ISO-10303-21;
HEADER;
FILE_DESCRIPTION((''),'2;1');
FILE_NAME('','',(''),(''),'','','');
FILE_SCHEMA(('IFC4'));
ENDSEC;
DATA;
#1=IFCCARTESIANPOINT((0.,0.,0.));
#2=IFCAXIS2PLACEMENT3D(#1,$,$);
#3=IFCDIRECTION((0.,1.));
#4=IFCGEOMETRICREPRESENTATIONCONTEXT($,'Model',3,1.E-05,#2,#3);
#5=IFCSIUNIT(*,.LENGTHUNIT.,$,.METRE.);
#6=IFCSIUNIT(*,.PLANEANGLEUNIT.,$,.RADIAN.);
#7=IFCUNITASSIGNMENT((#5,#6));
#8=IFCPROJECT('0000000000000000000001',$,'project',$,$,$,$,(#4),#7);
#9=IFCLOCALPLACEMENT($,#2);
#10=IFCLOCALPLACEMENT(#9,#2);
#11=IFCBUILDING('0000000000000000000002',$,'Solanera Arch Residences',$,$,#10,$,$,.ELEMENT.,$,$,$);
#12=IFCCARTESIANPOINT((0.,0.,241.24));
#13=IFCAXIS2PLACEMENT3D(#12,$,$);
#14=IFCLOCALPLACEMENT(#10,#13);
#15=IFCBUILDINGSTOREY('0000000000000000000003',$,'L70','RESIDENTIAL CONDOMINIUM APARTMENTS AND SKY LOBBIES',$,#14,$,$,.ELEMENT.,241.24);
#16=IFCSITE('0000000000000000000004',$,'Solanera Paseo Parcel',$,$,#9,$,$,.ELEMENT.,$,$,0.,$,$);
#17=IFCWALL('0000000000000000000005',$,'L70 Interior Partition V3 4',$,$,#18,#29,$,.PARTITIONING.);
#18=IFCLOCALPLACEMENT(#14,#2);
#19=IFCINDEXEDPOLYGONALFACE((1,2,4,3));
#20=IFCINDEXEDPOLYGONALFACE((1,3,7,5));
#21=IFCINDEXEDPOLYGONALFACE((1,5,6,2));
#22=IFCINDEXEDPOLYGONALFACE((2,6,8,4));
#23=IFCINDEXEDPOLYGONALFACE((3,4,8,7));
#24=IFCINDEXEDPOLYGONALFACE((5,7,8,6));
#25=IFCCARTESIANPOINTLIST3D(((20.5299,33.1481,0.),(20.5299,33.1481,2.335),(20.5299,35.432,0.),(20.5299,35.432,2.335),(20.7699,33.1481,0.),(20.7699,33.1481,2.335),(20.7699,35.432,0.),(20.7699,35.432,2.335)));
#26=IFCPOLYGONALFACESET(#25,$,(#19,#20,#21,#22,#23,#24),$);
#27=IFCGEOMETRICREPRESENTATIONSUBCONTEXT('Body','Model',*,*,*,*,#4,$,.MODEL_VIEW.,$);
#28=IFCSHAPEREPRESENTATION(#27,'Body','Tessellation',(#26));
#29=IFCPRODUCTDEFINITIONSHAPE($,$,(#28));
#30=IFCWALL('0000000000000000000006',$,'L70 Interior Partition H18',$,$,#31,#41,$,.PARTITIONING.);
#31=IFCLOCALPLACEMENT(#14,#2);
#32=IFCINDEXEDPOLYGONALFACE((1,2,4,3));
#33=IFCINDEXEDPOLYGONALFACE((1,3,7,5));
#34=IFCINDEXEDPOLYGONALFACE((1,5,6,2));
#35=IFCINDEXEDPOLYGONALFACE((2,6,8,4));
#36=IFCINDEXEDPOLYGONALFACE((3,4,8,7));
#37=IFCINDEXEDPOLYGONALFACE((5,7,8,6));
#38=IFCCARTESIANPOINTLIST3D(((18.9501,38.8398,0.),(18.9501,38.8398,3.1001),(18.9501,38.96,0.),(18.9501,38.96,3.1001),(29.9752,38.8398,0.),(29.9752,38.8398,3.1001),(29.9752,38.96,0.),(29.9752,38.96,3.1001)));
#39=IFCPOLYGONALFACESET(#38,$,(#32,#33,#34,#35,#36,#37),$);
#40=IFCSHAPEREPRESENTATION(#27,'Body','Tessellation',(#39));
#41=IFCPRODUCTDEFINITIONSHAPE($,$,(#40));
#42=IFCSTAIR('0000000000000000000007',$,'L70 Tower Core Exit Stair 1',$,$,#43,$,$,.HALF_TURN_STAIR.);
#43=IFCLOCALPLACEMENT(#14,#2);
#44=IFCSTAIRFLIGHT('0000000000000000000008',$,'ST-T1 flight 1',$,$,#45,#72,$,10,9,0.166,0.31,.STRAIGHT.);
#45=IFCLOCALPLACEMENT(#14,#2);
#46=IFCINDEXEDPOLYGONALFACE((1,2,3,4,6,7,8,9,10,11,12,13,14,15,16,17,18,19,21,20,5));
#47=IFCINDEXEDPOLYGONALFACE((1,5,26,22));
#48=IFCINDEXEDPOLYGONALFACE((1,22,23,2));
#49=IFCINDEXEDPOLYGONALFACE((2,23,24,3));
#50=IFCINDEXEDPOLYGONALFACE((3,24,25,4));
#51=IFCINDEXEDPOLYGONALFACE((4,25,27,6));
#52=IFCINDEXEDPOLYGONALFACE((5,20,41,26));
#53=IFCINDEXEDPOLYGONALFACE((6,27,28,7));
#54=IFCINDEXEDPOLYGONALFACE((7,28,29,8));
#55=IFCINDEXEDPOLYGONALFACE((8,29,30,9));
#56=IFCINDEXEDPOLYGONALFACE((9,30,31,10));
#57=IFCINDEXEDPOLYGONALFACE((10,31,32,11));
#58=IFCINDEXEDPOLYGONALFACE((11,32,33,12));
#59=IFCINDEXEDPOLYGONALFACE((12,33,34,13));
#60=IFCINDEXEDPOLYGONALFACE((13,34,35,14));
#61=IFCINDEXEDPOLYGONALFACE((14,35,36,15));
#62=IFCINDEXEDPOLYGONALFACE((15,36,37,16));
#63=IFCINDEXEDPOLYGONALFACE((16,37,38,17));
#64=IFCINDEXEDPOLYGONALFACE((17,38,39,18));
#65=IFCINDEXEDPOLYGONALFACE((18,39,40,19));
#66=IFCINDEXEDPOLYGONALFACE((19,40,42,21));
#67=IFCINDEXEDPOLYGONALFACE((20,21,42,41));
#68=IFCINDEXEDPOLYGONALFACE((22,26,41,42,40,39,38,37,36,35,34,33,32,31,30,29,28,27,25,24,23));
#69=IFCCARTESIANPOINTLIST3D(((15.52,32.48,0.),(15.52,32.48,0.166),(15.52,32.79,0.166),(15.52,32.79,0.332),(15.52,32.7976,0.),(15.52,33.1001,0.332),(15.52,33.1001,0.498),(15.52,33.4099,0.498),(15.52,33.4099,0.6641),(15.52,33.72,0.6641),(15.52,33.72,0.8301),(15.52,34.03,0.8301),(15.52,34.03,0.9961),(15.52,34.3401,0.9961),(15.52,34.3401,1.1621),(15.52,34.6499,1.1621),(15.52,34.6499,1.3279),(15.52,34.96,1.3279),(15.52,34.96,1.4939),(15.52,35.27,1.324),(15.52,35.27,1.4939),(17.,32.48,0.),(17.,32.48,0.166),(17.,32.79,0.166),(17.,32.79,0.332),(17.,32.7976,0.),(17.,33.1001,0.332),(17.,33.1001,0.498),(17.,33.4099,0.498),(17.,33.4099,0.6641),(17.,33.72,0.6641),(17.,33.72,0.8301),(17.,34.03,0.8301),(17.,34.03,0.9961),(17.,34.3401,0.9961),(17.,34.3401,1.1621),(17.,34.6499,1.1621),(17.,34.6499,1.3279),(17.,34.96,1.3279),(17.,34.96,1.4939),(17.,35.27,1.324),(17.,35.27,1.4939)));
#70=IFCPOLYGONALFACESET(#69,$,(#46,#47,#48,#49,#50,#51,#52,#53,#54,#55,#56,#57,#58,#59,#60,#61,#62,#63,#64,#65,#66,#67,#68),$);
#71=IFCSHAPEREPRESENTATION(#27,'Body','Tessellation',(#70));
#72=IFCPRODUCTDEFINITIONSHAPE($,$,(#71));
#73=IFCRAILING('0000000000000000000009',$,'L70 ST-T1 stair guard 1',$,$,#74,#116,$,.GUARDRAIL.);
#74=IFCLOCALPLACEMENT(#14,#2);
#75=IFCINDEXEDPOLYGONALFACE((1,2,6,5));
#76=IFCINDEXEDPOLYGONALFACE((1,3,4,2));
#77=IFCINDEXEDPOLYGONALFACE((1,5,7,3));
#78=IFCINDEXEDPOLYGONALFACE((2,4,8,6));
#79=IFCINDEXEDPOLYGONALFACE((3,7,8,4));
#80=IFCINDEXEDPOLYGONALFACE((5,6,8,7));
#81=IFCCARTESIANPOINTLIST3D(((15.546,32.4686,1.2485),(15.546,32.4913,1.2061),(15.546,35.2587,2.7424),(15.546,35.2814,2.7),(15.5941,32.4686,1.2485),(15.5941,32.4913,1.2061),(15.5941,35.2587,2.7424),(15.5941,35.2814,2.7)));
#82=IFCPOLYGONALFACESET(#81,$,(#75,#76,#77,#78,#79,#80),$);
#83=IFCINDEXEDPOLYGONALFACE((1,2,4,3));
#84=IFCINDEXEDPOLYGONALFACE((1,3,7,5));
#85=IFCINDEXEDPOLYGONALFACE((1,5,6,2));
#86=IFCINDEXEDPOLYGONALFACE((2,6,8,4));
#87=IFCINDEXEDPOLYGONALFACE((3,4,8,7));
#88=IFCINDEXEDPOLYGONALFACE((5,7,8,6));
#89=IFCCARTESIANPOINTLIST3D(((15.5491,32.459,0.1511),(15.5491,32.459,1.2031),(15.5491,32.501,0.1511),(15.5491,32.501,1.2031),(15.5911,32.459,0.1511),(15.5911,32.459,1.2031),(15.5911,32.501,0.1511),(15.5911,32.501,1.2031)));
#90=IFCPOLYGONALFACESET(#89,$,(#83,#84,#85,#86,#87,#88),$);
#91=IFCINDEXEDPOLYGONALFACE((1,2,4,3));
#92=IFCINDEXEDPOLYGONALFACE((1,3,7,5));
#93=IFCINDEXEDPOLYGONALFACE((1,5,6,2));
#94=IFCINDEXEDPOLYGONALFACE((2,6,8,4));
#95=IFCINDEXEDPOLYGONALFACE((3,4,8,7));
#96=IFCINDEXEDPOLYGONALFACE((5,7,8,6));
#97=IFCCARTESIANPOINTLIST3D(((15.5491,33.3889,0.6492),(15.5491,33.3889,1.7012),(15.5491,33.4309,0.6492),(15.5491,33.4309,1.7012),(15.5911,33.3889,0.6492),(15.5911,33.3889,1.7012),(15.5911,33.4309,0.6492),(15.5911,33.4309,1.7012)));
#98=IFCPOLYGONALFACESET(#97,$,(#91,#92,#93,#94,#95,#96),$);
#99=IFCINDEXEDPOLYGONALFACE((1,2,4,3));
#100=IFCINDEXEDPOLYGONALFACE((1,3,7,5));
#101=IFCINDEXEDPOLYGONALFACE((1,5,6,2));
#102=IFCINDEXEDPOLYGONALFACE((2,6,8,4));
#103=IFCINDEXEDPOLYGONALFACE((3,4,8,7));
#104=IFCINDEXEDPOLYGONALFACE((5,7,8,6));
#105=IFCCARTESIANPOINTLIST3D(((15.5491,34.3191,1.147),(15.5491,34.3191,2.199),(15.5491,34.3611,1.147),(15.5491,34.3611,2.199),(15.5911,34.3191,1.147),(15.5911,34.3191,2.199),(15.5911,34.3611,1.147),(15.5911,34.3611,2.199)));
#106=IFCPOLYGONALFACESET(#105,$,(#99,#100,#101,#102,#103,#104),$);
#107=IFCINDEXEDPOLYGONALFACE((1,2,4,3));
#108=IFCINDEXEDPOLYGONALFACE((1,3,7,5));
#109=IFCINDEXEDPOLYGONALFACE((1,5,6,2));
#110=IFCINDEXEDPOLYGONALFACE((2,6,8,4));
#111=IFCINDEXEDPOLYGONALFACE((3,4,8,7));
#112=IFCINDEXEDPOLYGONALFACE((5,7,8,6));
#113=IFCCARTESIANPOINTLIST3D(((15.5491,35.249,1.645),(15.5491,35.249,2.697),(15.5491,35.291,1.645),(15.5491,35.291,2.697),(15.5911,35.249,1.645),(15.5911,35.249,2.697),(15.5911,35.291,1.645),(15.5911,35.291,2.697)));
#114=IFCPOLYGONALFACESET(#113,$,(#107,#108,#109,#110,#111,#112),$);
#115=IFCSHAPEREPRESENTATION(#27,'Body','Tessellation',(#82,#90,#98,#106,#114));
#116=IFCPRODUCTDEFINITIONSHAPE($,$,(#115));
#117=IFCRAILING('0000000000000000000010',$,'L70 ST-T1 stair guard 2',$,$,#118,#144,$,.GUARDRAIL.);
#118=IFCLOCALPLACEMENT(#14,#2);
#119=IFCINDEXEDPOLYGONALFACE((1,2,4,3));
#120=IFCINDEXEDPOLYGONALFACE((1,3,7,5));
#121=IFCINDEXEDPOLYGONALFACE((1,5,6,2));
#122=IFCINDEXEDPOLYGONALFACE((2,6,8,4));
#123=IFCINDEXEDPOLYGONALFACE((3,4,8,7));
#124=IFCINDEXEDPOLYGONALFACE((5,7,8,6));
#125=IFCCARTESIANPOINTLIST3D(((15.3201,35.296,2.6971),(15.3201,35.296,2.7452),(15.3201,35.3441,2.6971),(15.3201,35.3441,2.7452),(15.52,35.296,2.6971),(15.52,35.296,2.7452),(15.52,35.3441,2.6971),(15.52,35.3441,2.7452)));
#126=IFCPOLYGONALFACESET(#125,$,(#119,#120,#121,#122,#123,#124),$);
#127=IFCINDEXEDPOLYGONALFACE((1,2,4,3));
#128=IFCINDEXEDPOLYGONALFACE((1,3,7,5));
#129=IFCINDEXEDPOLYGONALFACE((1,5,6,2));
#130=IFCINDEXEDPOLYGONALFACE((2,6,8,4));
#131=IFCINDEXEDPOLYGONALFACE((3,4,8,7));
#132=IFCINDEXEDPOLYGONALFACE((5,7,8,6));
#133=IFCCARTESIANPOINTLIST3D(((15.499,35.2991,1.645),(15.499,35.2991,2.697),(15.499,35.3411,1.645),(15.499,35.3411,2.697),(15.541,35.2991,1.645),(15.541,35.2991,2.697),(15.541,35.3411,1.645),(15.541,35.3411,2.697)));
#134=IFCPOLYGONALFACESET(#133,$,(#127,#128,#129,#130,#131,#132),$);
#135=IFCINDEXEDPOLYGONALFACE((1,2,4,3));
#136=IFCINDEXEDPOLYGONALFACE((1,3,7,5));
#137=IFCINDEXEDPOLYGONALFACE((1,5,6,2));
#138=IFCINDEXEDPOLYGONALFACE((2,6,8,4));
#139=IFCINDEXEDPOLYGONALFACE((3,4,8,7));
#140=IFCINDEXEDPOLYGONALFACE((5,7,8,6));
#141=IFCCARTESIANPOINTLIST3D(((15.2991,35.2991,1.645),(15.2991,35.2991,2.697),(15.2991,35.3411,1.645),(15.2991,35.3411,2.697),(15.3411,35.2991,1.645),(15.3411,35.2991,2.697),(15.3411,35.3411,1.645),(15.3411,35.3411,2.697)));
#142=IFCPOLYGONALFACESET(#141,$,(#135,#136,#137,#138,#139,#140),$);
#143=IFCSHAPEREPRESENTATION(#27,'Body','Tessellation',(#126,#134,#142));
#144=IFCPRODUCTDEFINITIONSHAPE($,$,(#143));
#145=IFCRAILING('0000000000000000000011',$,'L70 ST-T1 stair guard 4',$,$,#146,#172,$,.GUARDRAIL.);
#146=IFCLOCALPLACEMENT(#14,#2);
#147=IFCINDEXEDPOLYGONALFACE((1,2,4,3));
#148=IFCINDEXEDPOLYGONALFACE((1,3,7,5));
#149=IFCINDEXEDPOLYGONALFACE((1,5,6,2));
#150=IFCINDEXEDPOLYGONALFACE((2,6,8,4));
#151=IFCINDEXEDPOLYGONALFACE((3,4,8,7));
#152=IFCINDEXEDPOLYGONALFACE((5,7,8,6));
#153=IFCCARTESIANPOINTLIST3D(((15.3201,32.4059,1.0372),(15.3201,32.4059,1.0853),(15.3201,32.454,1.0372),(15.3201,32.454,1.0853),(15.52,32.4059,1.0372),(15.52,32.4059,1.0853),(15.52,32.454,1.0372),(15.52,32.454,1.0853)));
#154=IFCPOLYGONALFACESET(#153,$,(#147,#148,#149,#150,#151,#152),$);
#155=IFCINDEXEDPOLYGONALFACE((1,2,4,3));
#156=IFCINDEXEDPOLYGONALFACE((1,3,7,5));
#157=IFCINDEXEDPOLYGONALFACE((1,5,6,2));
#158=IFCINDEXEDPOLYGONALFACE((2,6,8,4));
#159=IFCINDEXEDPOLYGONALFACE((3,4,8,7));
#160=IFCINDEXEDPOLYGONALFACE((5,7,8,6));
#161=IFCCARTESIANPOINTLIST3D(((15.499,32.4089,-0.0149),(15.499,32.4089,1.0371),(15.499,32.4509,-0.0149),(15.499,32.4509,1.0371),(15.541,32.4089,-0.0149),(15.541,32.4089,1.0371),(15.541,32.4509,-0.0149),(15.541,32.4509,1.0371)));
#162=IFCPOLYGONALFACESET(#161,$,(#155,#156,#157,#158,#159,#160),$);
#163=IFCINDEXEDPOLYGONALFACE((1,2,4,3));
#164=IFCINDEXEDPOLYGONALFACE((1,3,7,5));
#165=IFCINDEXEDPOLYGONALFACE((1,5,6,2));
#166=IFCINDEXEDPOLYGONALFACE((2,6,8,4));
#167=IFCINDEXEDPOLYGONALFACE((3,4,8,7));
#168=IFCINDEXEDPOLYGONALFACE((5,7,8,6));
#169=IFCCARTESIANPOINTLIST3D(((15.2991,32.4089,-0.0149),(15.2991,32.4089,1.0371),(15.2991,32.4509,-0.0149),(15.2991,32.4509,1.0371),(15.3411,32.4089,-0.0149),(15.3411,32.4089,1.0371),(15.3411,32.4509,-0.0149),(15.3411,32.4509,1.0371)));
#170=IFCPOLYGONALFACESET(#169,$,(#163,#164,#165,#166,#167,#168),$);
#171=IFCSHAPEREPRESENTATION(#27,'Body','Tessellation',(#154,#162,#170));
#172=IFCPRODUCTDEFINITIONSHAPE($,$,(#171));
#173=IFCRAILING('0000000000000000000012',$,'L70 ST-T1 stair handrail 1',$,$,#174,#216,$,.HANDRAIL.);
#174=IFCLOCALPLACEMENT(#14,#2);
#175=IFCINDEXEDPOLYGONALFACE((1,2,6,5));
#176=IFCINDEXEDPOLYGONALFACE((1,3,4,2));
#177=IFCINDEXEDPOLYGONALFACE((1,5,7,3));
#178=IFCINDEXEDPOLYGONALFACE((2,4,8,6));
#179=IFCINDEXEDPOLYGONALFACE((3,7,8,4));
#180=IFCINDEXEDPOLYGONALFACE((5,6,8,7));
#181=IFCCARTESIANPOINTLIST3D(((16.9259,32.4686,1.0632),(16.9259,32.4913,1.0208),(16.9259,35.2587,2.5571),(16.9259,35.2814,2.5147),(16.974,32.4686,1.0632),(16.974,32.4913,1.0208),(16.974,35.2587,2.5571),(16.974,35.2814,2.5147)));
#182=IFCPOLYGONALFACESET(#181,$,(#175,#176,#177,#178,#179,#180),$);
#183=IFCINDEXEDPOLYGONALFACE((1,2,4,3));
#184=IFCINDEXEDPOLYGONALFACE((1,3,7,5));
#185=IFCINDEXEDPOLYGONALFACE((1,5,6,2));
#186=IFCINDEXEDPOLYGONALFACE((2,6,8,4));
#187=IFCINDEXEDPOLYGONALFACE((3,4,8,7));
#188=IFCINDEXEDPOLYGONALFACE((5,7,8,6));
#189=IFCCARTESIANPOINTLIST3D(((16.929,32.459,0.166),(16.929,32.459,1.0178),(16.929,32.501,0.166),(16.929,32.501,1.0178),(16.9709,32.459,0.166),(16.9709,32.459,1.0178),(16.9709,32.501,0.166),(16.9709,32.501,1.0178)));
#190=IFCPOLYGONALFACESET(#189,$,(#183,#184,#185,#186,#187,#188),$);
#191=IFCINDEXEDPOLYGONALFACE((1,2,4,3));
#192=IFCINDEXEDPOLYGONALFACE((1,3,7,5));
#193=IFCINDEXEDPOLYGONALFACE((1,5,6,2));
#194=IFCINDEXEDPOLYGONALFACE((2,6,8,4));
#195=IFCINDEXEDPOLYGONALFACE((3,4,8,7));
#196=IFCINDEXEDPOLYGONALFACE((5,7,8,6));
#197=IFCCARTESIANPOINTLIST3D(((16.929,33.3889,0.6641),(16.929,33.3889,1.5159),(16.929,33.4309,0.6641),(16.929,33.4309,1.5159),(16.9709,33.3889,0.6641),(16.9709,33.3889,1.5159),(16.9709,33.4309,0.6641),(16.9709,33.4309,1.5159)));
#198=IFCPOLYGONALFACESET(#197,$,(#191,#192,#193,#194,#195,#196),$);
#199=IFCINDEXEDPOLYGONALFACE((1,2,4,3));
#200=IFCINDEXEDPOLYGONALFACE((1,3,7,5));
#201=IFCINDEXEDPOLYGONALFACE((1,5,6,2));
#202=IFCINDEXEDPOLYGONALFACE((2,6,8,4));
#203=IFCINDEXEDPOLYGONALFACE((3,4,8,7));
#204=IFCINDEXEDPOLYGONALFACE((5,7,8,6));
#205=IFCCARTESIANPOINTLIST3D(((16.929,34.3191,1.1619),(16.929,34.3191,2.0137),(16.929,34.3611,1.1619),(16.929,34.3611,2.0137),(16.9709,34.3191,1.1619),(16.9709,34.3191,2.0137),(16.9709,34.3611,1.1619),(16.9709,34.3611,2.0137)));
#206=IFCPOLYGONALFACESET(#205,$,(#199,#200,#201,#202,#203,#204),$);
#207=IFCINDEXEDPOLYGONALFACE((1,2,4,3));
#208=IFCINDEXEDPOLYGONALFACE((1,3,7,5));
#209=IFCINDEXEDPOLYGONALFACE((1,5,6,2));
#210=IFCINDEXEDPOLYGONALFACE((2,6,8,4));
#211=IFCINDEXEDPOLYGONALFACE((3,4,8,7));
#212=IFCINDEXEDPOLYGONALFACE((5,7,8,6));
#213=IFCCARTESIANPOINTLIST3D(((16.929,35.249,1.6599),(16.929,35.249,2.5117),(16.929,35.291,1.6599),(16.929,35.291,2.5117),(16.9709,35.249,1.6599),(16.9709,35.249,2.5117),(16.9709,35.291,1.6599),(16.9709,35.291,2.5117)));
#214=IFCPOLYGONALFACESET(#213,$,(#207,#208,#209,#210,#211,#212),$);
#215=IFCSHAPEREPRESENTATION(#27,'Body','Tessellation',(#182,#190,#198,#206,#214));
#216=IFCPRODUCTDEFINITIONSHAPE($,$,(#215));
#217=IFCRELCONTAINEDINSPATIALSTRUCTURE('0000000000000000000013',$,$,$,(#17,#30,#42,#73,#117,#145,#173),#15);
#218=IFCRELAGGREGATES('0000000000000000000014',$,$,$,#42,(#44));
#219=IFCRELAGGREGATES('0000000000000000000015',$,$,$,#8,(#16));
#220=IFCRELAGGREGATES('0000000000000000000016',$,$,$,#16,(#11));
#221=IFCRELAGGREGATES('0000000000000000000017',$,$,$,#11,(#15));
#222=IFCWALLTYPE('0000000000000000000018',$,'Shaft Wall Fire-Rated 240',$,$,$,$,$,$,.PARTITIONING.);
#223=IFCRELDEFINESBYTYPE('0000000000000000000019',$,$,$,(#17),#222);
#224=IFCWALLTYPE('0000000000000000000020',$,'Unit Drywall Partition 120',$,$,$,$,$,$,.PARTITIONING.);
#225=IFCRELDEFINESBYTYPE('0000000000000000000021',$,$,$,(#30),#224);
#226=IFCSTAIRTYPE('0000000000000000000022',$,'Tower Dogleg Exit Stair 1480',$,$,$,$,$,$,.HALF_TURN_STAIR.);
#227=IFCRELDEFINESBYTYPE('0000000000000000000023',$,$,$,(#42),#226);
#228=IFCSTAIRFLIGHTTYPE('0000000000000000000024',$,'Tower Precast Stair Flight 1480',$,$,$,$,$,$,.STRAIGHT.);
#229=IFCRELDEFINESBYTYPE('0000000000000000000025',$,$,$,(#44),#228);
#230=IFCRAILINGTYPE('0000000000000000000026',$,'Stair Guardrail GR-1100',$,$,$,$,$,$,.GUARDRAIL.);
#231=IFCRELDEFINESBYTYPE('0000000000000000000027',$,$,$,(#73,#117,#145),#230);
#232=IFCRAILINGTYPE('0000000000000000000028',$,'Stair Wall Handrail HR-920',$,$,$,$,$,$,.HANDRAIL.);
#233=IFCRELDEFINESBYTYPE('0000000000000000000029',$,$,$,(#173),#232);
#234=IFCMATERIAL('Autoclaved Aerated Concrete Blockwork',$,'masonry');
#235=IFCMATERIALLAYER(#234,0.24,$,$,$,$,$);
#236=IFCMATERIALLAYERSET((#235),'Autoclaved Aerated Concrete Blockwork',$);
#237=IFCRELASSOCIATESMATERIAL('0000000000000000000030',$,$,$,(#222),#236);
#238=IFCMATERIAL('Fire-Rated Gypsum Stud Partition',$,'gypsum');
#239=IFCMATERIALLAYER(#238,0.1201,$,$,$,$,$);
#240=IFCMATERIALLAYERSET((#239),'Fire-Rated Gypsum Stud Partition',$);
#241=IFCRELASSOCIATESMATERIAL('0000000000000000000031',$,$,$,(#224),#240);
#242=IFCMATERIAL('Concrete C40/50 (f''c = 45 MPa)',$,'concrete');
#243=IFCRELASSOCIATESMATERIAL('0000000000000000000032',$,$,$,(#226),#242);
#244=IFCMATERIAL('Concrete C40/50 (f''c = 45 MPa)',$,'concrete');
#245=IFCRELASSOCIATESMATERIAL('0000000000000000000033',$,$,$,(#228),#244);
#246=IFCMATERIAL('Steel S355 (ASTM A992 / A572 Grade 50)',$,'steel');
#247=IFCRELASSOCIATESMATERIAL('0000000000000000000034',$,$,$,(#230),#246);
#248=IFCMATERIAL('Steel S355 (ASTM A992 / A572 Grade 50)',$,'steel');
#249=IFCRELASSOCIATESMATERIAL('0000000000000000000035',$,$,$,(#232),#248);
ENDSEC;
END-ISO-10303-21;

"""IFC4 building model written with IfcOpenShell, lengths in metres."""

from ifc_helpers import new_model, si_unit, direction, frame, frame_2d, origin, origin_2d, place, context, subcontext, project, spatial, polyline, rectangle, outline, extrude, material, layer, layer_set, type_object, element, aggregate, save


model = new_model("IFC4")

# Units and contexts
model_context = context("Model", 3, precision=1e-05, world=origin(), true_north=direction((0.0, 1.0)))
body_context = subcontext(model_context, "Body", "Model", "MODEL_VIEW")
ifc_project = project(units=[si_unit("LENGTHUNIT", "METRE"), si_unit("PLANEANGLEUNIT", "RADIAN")], contexts=[model_context])

# Site, building, storey
site_placement = place(None, origin())
site = spatial("IfcSite", under=ifc_project, at=site_placement, Name="Solanera Paseo Parcel", CompositionType="ELEMENT", RefElevation=0.0)
building_placement = place(site_placement, origin())
building = spatial("IfcBuilding", under=site, at=building_placement, Name="Solanera Arch Residences", CompositionType="ELEMENT")
storey_placement = place(building_placement, frame((0.0, 0.0, 241.24)))
storey = spatial("IfcBuildingStorey", under=building, at=storey_placement, Name="L70", Description="RESIDENTIAL CONDOMINIUM APARTMENTS AND SKY LOBBIES", CompositionType="ELEMENT", Elevation=241.24)

# Shared definitions
ifc_material_1 = material(Name="Autoclaved Aerated Concrete Blockwork", Category="masonry")
ifc_layer_1 = layer(ifc_material_1, 0.24)
ifc_layer_set_1 = layer_set([ifc_layer_1], Name="Autoclaved Aerated Concrete Blockwork")
wall_type_1 = type_object("IfcWallType", Name="Shaft Wall Fire-Rated 240", PredefinedType="PARTITIONING", material=ifc_layer_set_1)

# Walls
wall_1_placement = place(storey_placement, frame((20.6499, 33.1479, 0.0), z_axis=(0.0, 0.0, 1.0), x_axis=(0.0, 1.0, 0.0)))
element("IfcWall", 1, at=wall_1_placement, inside=storey, type_object=wall_type_1, Name="L70 Interior Partition V3 4", PredefinedType="PARTITIONING", context=body_context, shape_type="SweptSolid", body=[
    extrude(rectangle(XDim=2.2839, YDim=0.24, at=frame_2d((1.1421, 0.0))), origin(), (0.0, 0.0, 1.0), 2.335),
])
ifc_material_2 = material(Name="Fire-Rated Gypsum Stud Partition", Category="gypsum")
ifc_layer_2 = layer(ifc_material_2, 0.1201)
ifc_layer_set_2 = layer_set([ifc_layer_2], Name="Fire-Rated Gypsum Stud Partition")
wall_type_2 = type_object("IfcWallType", Name="Unit Drywall Partition 120", PredefinedType="PARTITIONING", material=ifc_layer_set_2)
wall_2_placement = place(storey_placement, frame((18.95, 38.8999, 0.0), z_axis=(0.0, 0.0, 1.0), x_axis=(1.0, 0.0, 0.0)))
element("IfcWall", 2, at=wall_2_placement, inside=storey, type_object=wall_type_2, Name="L70 Interior Partition H18", PredefinedType="PARTITIONING", context=body_context, shape_type="SweptSolid", body=[
    extrude(rectangle(XDim=11.0251, YDim=0.1201, at=frame_2d((5.5127, 0.0))), origin(), (0.0, 0.0, 1.0), 3.1001),
])

# Stair, stair flight
ifc_material_3 = material(Name="Concrete C40/50 (f'c = 45 MPa)", Category="concrete")
stair_type = type_object("IfcStairType", Name="Tower Dogleg Exit Stair 1480", PredefinedType="HALF_TURN_STAIR", material=ifc_material_3)
stair_placement = place(storey_placement, origin())
stair = element("IfcStair", 3, at=stair_placement, inside=storey, type_object=stair_type, Name="L70 Tower Core Exit Stair 1", PredefinedType="HALF_TURN_STAIR")
ifc_material_4 = material(Name="Concrete C40/50 (f'c = 45 MPa)", Category="concrete")
stair_flight_type = type_object("IfcStairFlightType", Name="Tower Precast Stair Flight 1480", PredefinedType="STRAIGHT", material=ifc_material_4)
stair_flight_placement = place(storey_placement, frame((16.26, 32.48, 0.0), z_axis=(0.0, 0.0, 1.0), x_axis=(0.0, 1.0, 0.0)))
stair_flight = element("IfcStairFlight", 4, at=stair_flight_placement, type_object=stair_flight_type, Name="ST-T1 flight 1", NumberOfRisers=10, NumberOfTreads=9, PredefinedType="STRAIGHT", RiserHeight=0.166, TreadLength=0.31, context=body_context, shape_type="SweptSolid", body=[
    extrude(outline(polyline([(0.0, 0.0), (0.0, 0.166), (0.3101, 0.166), (0.3101, 0.332), (0.6201, 0.332), (0.6201, 0.498), (0.9299, 0.498), (0.9299, 0.6641), (1.24, 0.6641), (1.24, 0.8301), (1.55, 0.8301), (1.55, 0.9961), (1.8601, 0.9961), (1.8601, 1.1621), (2.1699, 1.1621), (2.1699, 1.3279), (2.48, 1.3279), (2.48, 1.4939), (2.79, 1.4939), (2.79, 1.6599), (2.79, 1.324), (0.3176, 0.0), (0.0, 0.0)])), frame((0.0, 0.74, 0.0), z_axis=(0.0, -1.0, 0.0), x_axis=(1.0, 0.0, 0.0)), (0.0, 0.0, 1.0), 1.48),
])
aggregate(stair, [stair_flight])

# Railings
ifc_material_5 = material(Name="Steel S355 (ASTM A992 / A572 Grade 50)", Category="steel")
railing_type_1 = type_object("IfcRailingType", Name="Stair Guardrail GR-1100", PredefinedType="GUARDRAIL", material=ifc_material_5)
railing_1_placement = place(storey_placement, frame((15.5701, 32.48, 0.1511)))
element("IfcRailing", 5, at=railing_1_placement, inside=storey, type_object=railing_type_1, Name="L70 ST-T1 stair guard 1", PredefinedType="GUARDRAIL", context=body_context, shape_type="SweptSolid", body=[
    extrude(rectangle(XDim=0.0481, YDim=0.0481, at=origin_2d()), frame((0.0, 0.0, 1.0762), z_axis=(0.0, 0.881581, 0.472033), x_axis=(-1.0, 0.0, 0.0)), (0.0, 0.0, 1.0), 3.1648),
    extrude(rectangle(XDim=0.042, YDim=0.042, at=origin_2d()), origin(), (0.0, 0.0, 1.0), 1.052),
    extrude(rectangle(XDim=0.042, YDim=0.042, at=origin_2d()), frame((0.0, 0.9299, 0.498)), (0.0, 0.0, 1.0), 1.052),
    extrude(rectangle(XDim=0.042, YDim=0.042, at=origin_2d()), frame((0.0, 1.8601, 0.9958)), (0.0, 0.0, 1.0), 1.052),
    extrude(rectangle(XDim=0.042, YDim=0.042, at=origin_2d()), frame((0.0, 2.79, 1.4939)), (0.0, 0.0, 1.0), 1.052),
])
for number, where, name in (
    (6, (15.52, 35.3201, 1.645), "L70 ST-T1 stair guard 2"),
    (7, (15.52, 32.4299, -0.0149), "L70 ST-T1 stair guard 4"),
):
    element("IfcRailing", number, at=place(storey_placement, frame(where)), inside=storey, type_object=railing_type_1, Name=name, PredefinedType="GUARDRAIL", context=body_context, shape_type="SweptSolid", body=[
        extrude(rectangle(XDim=0.0481, YDim=0.0481, at=origin_2d()), frame((0.0, 0.0, 1.0762), z_axis=(-1.0, 0.0, 0.0), x_axis=(0.0, -1.0, 0.0)), (0.0, 0.0, 1.0), 0.2),
        extrude(rectangle(XDim=0.042, YDim=0.042, at=origin_2d()), origin(), (0.0, 0.0, 1.0), 1.052),
        extrude(rectangle(XDim=0.042, YDim=0.042, at=origin_2d()), frame((-0.2, 0.0, 0.0)), (0.0, 0.0, 1.0), 1.052),
    ])
ifc_material_6 = material(Name="Steel S355 (ASTM A992 / A572 Grade 50)", Category="steel")
railing_type_2 = type_object("IfcRailingType", Name="Stair Wall Handrail HR-920", PredefinedType="HANDRAIL", material=ifc_material_6)
railing_2_placement = place(storey_placement, frame((16.95, 32.48, 0.166)))
element("IfcRailing", 8, at=railing_2_placement, inside=storey, type_object=railing_type_2, Name="L70 ST-T1 stair handrail 1", PredefinedType="HANDRAIL", context=body_context, shape_type="SweptSolid", body=[
    extrude(rectangle(XDim=0.0481, YDim=0.0481, at=origin_2d()), frame((0.0, 0.0, 0.876), z_axis=(0.0, 0.881581, 0.472033), x_axis=(-1.0, 0.0, 0.0)), (0.0, 0.0, 1.0), 3.1648),
    extrude(rectangle(XDim=0.042, YDim=0.042, at=origin_2d()), origin(), (0.0, 0.0, 1.0), 0.8518),
    extrude(rectangle(XDim=0.042, YDim=0.042, at=origin_2d()), frame((0.0, 0.9299, 0.498)), (0.0, 0.0, 1.0), 0.8518),
    extrude(rectangle(XDim=0.042, YDim=0.042, at=origin_2d()), frame((0.0, 1.8601, 0.9958)), (0.0, 0.0, 1.0), 0.8518),
    extrude(rectangle(XDim=0.042, YDim=0.042, at=origin_2d()), frame((0.0, 2.79, 1.4939)), (0.0, 0.0, 1.0), 0.8518),
])

save(model, "model.ifc")
